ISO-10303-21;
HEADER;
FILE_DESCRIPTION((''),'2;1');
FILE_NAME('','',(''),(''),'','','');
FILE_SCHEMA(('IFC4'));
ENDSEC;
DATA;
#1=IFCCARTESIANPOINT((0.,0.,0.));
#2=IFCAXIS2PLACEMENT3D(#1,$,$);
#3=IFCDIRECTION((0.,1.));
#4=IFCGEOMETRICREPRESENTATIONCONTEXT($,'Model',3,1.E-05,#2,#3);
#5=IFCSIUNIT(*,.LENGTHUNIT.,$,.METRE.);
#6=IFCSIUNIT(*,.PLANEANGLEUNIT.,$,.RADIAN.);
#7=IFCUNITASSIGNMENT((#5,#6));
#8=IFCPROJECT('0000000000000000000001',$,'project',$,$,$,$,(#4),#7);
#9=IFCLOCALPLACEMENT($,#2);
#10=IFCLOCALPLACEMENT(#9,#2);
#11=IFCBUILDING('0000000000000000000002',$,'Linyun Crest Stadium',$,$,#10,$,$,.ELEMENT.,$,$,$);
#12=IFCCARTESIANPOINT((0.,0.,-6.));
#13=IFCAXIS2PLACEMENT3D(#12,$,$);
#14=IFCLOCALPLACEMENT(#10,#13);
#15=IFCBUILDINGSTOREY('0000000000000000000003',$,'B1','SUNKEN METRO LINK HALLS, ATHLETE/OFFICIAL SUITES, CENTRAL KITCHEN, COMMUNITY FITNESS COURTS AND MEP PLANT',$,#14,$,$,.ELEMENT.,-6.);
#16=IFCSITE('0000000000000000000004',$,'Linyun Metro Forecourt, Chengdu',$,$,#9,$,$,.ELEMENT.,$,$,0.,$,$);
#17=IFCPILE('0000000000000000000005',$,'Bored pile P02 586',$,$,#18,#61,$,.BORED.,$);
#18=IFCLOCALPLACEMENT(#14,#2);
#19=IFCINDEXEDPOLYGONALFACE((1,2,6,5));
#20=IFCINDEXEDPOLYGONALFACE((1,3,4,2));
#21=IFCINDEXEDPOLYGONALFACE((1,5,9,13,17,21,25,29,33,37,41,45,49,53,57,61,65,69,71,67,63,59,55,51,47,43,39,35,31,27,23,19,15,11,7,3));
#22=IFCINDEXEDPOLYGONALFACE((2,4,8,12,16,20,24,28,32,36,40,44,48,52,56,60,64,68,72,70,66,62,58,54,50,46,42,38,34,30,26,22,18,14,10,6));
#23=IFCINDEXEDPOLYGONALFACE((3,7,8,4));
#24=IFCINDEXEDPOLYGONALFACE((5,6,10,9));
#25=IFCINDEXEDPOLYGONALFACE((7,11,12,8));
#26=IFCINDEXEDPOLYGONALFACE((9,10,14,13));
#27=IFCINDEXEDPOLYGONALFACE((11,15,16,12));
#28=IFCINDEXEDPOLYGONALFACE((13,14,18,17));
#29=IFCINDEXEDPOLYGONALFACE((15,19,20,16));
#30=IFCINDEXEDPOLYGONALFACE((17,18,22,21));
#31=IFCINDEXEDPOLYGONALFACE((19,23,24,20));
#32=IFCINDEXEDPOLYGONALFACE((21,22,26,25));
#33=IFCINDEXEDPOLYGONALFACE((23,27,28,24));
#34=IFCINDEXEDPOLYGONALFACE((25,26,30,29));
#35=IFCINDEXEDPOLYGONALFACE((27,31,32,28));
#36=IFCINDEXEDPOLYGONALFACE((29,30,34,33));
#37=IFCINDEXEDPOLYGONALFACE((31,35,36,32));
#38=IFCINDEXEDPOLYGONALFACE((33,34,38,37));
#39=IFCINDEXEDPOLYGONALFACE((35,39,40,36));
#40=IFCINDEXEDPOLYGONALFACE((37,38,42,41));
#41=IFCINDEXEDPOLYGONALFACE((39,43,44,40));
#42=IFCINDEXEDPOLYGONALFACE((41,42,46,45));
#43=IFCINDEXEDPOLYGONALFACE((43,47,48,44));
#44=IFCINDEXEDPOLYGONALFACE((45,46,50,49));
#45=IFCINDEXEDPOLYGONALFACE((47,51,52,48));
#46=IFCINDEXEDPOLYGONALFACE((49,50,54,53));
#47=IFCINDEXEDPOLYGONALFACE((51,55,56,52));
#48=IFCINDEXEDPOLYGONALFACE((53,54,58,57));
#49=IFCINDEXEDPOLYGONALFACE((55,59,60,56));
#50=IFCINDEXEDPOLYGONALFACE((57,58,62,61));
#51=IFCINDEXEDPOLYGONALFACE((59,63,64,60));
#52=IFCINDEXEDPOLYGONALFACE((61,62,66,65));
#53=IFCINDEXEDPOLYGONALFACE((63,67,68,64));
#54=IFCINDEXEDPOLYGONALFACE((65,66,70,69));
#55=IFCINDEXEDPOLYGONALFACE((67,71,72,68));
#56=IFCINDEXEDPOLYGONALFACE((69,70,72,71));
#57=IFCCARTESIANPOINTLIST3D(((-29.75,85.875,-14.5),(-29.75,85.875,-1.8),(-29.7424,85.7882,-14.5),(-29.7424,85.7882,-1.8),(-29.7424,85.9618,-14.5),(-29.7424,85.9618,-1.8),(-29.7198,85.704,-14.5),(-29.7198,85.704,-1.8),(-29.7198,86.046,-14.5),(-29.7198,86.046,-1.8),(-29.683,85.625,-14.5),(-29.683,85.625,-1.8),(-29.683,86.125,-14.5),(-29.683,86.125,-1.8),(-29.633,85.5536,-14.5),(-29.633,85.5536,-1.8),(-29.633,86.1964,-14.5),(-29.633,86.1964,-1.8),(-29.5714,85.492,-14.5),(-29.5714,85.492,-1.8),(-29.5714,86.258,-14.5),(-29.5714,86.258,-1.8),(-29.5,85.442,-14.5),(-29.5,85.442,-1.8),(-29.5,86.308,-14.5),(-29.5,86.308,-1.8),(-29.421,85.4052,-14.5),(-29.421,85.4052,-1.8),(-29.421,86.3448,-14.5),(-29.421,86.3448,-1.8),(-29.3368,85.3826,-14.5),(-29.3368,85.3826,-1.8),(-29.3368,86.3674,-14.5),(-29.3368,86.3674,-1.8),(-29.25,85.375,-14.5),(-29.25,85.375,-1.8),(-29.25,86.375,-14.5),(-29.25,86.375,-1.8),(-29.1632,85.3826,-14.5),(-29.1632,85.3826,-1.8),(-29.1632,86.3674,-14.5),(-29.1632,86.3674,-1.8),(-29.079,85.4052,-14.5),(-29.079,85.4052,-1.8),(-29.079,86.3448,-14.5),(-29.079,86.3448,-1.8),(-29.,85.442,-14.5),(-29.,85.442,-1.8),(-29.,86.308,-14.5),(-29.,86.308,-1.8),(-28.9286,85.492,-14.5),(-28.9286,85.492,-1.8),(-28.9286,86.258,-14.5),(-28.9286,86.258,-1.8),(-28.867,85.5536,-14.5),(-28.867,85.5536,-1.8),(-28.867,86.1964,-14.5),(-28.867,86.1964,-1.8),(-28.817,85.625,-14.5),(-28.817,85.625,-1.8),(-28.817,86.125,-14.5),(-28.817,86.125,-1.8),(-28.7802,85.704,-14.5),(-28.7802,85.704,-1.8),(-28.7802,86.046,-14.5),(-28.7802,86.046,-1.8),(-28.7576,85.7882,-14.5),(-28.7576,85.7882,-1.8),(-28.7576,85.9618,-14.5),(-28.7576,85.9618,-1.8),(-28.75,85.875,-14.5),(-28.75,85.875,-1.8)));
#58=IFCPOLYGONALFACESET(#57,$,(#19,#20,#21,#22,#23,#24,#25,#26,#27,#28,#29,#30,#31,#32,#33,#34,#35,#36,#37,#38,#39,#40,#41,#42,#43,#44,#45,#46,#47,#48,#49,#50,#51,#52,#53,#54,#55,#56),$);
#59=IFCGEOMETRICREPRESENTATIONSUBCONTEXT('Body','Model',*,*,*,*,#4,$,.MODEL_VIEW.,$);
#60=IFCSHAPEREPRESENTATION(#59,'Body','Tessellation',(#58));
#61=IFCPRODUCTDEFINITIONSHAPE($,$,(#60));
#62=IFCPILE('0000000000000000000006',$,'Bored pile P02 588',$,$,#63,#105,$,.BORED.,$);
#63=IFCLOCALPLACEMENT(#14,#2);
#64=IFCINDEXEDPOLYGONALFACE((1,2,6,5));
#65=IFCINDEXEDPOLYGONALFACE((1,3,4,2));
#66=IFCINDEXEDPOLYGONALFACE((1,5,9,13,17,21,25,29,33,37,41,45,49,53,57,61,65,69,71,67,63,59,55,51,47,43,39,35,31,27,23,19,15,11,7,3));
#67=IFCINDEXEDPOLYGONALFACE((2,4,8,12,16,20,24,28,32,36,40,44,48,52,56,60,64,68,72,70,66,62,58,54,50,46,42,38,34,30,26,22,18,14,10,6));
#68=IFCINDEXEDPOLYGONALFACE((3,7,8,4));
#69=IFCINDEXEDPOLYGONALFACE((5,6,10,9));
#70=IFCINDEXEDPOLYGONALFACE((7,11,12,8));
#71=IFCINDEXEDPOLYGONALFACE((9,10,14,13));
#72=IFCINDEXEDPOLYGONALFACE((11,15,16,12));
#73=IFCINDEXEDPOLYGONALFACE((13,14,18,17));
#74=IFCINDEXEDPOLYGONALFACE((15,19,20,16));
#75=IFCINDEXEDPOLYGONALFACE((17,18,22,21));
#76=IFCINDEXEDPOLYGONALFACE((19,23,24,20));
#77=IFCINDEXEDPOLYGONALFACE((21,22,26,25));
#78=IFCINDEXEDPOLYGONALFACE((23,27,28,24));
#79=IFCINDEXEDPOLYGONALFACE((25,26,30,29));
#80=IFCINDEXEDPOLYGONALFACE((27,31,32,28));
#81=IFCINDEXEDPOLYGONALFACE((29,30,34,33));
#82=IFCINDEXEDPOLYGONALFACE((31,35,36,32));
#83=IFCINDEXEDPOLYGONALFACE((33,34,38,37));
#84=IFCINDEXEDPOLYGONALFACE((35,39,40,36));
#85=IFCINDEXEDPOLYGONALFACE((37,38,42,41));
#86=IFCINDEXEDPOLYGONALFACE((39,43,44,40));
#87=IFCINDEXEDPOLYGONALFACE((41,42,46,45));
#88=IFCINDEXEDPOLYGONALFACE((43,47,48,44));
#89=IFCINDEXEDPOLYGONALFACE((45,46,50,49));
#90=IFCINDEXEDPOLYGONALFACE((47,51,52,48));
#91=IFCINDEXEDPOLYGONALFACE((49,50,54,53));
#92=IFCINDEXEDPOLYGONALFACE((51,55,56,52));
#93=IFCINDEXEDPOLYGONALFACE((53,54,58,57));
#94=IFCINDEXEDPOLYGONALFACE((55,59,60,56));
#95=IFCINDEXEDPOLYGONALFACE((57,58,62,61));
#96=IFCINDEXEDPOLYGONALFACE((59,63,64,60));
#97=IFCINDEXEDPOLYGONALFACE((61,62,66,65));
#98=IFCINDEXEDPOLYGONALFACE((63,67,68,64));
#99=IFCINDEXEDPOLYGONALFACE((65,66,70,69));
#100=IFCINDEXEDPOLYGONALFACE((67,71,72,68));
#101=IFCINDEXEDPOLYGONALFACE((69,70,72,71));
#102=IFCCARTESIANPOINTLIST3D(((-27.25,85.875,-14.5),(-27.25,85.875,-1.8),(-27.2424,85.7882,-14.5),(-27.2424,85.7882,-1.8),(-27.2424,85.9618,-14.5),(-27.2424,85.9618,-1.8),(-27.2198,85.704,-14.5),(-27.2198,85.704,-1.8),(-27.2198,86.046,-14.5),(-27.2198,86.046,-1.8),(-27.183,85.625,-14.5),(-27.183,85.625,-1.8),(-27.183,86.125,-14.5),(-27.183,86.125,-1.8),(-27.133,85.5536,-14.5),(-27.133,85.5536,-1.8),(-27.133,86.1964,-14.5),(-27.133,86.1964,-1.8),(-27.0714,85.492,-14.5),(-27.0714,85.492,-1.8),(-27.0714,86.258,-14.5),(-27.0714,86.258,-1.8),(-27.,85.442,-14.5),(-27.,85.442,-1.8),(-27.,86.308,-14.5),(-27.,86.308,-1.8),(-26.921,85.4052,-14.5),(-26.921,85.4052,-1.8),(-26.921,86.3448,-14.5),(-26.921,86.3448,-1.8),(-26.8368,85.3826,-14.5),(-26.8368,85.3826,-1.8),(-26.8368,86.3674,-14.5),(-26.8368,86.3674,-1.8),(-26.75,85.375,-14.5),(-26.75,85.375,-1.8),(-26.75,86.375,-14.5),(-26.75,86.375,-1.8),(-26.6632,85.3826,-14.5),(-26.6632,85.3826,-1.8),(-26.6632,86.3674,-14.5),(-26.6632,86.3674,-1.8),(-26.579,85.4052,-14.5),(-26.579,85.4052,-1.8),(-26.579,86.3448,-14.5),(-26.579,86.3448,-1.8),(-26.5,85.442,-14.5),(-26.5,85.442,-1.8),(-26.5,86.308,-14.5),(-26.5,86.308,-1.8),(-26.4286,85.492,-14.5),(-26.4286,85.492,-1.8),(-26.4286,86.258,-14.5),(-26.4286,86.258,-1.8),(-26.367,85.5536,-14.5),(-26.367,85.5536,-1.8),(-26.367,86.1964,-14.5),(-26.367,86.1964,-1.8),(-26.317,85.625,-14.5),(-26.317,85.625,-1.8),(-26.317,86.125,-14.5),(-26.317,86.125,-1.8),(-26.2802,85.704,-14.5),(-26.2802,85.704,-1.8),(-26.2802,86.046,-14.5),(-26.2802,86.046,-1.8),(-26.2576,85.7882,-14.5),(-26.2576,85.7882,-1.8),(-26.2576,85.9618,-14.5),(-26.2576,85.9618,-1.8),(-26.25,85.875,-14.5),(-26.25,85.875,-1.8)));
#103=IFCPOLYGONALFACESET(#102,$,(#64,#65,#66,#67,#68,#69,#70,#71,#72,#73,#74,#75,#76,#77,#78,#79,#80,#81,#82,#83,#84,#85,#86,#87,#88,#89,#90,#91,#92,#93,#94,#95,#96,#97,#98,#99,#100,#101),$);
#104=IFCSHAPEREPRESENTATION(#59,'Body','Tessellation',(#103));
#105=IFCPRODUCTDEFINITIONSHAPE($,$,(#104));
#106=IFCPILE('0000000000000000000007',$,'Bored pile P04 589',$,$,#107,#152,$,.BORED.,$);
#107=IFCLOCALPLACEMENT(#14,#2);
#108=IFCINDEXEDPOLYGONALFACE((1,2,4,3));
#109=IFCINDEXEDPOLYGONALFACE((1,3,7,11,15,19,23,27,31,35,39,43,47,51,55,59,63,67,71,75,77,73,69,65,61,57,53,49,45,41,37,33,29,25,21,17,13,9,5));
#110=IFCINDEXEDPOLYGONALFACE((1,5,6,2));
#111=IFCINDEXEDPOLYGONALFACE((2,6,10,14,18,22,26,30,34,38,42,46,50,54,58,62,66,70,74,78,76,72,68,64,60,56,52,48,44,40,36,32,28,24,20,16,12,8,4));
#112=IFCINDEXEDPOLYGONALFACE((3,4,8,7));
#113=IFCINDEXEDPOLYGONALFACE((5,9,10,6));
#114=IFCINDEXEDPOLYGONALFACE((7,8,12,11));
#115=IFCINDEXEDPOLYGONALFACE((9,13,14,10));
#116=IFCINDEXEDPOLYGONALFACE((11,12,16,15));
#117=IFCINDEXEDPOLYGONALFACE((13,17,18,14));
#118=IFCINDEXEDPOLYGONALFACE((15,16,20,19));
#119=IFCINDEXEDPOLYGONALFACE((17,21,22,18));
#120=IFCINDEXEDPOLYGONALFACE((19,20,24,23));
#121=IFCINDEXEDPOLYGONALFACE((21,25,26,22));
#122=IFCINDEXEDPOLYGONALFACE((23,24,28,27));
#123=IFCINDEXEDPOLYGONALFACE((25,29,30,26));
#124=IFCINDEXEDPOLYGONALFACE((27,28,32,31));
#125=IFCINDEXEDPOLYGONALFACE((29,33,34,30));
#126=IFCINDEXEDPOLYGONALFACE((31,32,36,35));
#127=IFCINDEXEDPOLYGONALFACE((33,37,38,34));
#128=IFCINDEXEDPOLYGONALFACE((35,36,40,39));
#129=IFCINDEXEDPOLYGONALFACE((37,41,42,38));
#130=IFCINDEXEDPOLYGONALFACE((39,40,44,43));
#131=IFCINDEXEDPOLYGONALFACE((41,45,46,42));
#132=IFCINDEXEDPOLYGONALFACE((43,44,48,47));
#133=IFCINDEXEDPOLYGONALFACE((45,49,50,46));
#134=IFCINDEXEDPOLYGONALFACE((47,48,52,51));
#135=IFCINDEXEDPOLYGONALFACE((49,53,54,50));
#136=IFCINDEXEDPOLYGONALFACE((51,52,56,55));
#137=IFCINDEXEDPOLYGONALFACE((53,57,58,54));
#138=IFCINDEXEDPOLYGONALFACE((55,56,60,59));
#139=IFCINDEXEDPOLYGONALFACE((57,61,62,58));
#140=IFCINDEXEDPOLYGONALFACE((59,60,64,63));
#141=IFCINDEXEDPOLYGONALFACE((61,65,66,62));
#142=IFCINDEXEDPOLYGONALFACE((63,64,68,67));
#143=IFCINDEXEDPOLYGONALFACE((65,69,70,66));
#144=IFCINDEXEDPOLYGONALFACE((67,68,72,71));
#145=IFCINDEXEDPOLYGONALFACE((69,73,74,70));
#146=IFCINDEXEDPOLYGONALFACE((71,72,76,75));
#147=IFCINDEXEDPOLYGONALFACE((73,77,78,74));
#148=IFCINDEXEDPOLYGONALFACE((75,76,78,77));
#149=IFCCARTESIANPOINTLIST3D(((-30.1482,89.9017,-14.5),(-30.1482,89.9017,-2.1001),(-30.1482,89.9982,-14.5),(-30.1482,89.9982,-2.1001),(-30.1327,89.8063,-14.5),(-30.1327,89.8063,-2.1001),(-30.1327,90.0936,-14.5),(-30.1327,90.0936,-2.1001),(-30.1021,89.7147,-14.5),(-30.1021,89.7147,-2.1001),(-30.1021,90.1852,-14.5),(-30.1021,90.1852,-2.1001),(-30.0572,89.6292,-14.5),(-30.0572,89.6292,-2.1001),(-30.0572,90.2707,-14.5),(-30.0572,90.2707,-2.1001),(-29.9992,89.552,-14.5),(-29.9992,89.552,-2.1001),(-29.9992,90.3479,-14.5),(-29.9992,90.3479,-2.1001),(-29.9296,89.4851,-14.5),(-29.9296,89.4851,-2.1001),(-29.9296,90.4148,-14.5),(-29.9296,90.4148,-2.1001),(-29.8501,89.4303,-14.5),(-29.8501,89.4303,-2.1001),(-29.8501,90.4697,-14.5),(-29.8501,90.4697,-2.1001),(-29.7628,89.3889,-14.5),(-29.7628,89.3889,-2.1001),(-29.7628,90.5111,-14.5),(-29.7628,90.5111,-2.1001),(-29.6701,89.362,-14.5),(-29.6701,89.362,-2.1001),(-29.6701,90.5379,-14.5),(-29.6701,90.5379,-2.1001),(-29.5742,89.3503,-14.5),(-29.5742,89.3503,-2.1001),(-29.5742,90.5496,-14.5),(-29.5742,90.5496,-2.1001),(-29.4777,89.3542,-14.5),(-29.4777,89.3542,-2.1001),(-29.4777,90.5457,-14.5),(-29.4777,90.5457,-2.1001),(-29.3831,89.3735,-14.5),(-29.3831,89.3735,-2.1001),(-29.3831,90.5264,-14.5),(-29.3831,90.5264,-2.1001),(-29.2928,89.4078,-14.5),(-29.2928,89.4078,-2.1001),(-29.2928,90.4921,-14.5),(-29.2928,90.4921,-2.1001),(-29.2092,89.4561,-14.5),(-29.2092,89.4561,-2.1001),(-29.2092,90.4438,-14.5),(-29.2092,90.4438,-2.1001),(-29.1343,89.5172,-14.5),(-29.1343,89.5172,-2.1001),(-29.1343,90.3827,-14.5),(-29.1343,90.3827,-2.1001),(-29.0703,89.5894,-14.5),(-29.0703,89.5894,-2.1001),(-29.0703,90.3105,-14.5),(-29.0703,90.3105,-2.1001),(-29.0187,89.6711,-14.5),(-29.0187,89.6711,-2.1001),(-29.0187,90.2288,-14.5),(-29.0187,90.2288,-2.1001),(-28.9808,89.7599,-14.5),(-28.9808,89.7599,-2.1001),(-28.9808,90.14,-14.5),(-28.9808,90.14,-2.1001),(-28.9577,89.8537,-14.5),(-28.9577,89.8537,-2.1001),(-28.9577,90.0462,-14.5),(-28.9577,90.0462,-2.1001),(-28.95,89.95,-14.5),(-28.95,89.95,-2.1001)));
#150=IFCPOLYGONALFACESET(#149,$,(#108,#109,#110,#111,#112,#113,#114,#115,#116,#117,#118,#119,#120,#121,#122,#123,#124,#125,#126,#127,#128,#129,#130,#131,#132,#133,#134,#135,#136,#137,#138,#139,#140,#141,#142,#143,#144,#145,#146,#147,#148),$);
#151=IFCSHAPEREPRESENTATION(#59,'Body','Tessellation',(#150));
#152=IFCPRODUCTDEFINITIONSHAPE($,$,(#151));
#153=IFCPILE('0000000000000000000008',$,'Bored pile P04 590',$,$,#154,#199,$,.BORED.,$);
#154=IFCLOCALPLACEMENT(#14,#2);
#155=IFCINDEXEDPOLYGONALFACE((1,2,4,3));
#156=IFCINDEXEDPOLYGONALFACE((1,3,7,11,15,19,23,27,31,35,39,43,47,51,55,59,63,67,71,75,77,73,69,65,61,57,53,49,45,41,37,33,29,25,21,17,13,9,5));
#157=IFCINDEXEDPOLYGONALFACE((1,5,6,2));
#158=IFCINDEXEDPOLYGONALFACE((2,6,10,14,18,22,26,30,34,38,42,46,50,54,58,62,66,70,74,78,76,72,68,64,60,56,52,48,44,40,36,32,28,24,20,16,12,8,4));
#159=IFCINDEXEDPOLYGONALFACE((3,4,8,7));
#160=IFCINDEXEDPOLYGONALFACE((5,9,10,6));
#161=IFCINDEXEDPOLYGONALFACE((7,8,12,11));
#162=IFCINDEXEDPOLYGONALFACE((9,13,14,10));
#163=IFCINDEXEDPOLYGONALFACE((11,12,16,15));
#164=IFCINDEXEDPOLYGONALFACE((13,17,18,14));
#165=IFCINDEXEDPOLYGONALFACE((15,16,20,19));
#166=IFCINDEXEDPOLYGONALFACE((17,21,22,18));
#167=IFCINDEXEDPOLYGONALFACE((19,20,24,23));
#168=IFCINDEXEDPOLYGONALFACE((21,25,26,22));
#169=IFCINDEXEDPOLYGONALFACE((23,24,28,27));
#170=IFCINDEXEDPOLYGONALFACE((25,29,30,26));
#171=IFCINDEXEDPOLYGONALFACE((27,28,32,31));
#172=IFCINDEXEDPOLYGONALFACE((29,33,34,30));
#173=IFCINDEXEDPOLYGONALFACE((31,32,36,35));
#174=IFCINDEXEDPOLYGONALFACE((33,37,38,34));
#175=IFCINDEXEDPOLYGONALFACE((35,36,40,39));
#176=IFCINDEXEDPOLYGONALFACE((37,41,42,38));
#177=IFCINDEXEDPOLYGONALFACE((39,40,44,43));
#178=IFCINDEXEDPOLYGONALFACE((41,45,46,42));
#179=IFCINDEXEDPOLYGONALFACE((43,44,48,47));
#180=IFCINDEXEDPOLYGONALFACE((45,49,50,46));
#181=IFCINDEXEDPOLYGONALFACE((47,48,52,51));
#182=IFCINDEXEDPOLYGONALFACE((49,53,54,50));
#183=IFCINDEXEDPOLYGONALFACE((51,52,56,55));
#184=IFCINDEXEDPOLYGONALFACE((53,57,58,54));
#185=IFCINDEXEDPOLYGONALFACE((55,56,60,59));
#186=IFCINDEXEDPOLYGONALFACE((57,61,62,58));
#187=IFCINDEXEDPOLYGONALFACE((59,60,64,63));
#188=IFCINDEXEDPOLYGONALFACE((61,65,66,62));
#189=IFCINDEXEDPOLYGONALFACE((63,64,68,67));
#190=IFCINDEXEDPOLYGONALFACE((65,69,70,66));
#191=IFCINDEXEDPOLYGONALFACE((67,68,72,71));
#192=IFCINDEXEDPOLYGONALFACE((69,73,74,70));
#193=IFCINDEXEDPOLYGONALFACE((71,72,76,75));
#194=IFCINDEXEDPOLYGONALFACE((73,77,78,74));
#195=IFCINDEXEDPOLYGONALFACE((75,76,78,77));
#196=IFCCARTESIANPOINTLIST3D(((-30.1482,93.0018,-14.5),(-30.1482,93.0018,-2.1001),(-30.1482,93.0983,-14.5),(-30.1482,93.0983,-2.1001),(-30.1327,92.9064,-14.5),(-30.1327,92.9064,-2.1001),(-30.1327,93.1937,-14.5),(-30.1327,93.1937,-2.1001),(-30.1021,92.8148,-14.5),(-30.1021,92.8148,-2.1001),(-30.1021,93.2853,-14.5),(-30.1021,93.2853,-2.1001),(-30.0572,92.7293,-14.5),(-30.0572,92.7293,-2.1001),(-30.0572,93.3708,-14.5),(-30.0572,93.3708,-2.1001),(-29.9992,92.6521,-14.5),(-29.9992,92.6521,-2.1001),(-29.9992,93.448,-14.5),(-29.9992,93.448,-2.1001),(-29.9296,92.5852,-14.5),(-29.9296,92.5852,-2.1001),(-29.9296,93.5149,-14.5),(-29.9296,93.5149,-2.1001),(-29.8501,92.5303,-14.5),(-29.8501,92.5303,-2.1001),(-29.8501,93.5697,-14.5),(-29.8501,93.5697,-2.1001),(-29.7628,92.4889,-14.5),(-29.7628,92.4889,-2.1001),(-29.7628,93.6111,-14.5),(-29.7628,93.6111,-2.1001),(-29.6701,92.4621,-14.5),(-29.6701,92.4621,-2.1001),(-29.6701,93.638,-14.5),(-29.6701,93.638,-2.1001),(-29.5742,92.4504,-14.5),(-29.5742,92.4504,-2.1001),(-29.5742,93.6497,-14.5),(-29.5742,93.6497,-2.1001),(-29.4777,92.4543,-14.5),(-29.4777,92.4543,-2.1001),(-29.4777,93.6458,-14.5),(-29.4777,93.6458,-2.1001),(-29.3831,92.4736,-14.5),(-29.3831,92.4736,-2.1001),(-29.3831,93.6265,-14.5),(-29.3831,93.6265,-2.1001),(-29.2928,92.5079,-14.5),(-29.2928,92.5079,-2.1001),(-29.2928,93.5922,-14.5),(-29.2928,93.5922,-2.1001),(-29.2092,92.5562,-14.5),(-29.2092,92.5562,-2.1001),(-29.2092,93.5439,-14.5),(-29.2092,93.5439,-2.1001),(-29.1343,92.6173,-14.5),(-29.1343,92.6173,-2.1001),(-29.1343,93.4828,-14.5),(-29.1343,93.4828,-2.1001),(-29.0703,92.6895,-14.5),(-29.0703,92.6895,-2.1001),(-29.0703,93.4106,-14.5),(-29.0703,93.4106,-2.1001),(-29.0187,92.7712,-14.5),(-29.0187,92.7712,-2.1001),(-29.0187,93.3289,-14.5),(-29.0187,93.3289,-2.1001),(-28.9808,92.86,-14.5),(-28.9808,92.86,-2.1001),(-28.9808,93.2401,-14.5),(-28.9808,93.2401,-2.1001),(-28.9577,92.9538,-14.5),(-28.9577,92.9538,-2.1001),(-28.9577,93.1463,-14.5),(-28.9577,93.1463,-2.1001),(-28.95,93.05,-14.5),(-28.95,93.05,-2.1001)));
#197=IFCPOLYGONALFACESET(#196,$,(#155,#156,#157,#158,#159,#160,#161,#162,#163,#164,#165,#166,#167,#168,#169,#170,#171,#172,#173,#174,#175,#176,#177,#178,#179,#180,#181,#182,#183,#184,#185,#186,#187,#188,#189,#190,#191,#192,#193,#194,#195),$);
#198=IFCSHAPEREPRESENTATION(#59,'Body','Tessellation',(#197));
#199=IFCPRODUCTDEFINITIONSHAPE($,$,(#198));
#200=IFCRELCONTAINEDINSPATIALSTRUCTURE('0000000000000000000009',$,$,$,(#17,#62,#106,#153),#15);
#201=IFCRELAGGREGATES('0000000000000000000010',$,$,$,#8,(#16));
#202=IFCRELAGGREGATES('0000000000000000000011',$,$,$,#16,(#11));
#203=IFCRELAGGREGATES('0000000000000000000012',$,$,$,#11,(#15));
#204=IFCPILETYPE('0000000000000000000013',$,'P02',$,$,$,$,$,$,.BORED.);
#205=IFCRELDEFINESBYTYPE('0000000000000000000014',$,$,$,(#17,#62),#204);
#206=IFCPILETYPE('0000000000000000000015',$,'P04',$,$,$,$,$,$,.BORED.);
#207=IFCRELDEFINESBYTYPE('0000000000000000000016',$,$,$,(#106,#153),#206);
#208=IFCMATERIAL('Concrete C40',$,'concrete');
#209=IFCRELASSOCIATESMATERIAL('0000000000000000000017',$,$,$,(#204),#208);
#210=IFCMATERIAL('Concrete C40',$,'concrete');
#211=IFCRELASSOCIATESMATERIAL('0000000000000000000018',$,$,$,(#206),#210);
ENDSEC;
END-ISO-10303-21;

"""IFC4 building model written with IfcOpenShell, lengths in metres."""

from ifc_helpers import new_model, si_unit, direction, frame, origin, origin_2d, place, context, subcontext, project, spatial, circle, extrude, material, material_profile, profile_set, type_object, element, save


model = new_model("IFC4")

# Units and contexts
model_context = context("Model", 3, precision=1e-05, world=origin(), true_north=direction((0.0, 1.0)))
body_context = subcontext(model_context, "Body", "Model", "MODEL_VIEW")
ifc_project = project(units=[si_unit("LENGTHUNIT", "METRE"), si_unit("PLANEANGLEUNIT", "RADIAN")], contexts=[model_context])

# Site, building, storey
site_placement = place(None, origin())
site = spatial("IfcSite", under=ifc_project, at=site_placement, Name="Linyun Metro Forecourt, Chengdu", CompositionType="ELEMENT", RefElevation=0.0)
building_placement = place(site_placement, origin())
building = spatial("IfcBuilding", under=site, at=building_placement, Name="Linyun Crest Stadium", CompositionType="ELEMENT")
storey_placement = place(building_placement, frame((0.0, 0.0, -6.0)))
storey = spatial("IfcBuildingStorey", under=building, at=storey_placement, Name="B1", Description="SUNKEN METRO LINK HALLS, ATHLETE/OFFICIAL SUITES, CENTRAL KITCHEN, COMMUNITY FITNESS COURTS AND MEP PLANT", CompositionType="ELEMENT", Elevation=-6.0)

# Piles
ifc_material_1 = material(Name="Concrete C40", Category="concrete")
ifc_material_profile_1 = material_profile(ifc_material_1, circle(Radius=0.5, at=origin_2d()), Name="BORED PILE 1000")
ifc_profile_set_1 = profile_set([ifc_material_profile_1], Name="Concrete C40")
pile_type_1 = type_object("IfcPileType", Name="P02", PredefinedType="BORED", material=ifc_profile_set_1)
for number, where, z_axis, x_axis, name in (
    (1, (-29.25, 85.875, -1.8), (0.0, 0.0, -1.0), (1.0, 0.0, 0.0), "Bored pile P02 586"),
    (2, (-26.75, 85.875, -1.8), (0.0, 0.0, -1.0), (1.0, 0.0, 0.0), "Bored pile P02 588"),
):
    element("IfcPile", number, at=place(storey_placement, frame(where, z_axis=z_axis, x_axis=x_axis)), inside=storey, type_object=pile_type_1, Name=name, PredefinedType="BORED", context=body_context, shape_type="SweptSolid", body=[
        extrude(circle(Radius=0.5, at=origin_2d()), origin(), (0.0, 0.0, 1.0), 12.7),
    ])
ifc_material_2 = material(Name="Concrete C40", Category="concrete")
ifc_material_profile_2 = material_profile(ifc_material_2, circle(Radius=0.6001, at=origin_2d()), Name="BORED PILE 1200")
ifc_profile_set_2 = profile_set([ifc_material_profile_2], Name="Concrete C40")
pile_type_2 = type_object("IfcPileType", Name="P04", PredefinedType="BORED", material=ifc_profile_set_2)
for number, where, z_axis, x_axis, name in (
    (3, (-29.55, 89.95, -2.1001), (0.0, 0.0, -1.0), (1.0, 0.0, 0.0), "Bored pile P04 589"),
    (4, (-29.55, 93.05, -2.1001), (0.0, 0.0, -1.0), (1.0, 0.0, 0.0), "Bored pile P04 590"),
):
    element("IfcPile", number, at=place(storey_placement, frame(where, z_axis=z_axis, x_axis=x_axis)), inside=storey, type_object=pile_type_2, Name=name, PredefinedType="BORED", context=body_context, shape_type="SweptSolid", body=[
        extrude(circle(Radius=0.6001, at=origin_2d()), origin(), (0.0, 0.0, 1.0), 12.3999),
    ])

save(model, "model.ifc")
